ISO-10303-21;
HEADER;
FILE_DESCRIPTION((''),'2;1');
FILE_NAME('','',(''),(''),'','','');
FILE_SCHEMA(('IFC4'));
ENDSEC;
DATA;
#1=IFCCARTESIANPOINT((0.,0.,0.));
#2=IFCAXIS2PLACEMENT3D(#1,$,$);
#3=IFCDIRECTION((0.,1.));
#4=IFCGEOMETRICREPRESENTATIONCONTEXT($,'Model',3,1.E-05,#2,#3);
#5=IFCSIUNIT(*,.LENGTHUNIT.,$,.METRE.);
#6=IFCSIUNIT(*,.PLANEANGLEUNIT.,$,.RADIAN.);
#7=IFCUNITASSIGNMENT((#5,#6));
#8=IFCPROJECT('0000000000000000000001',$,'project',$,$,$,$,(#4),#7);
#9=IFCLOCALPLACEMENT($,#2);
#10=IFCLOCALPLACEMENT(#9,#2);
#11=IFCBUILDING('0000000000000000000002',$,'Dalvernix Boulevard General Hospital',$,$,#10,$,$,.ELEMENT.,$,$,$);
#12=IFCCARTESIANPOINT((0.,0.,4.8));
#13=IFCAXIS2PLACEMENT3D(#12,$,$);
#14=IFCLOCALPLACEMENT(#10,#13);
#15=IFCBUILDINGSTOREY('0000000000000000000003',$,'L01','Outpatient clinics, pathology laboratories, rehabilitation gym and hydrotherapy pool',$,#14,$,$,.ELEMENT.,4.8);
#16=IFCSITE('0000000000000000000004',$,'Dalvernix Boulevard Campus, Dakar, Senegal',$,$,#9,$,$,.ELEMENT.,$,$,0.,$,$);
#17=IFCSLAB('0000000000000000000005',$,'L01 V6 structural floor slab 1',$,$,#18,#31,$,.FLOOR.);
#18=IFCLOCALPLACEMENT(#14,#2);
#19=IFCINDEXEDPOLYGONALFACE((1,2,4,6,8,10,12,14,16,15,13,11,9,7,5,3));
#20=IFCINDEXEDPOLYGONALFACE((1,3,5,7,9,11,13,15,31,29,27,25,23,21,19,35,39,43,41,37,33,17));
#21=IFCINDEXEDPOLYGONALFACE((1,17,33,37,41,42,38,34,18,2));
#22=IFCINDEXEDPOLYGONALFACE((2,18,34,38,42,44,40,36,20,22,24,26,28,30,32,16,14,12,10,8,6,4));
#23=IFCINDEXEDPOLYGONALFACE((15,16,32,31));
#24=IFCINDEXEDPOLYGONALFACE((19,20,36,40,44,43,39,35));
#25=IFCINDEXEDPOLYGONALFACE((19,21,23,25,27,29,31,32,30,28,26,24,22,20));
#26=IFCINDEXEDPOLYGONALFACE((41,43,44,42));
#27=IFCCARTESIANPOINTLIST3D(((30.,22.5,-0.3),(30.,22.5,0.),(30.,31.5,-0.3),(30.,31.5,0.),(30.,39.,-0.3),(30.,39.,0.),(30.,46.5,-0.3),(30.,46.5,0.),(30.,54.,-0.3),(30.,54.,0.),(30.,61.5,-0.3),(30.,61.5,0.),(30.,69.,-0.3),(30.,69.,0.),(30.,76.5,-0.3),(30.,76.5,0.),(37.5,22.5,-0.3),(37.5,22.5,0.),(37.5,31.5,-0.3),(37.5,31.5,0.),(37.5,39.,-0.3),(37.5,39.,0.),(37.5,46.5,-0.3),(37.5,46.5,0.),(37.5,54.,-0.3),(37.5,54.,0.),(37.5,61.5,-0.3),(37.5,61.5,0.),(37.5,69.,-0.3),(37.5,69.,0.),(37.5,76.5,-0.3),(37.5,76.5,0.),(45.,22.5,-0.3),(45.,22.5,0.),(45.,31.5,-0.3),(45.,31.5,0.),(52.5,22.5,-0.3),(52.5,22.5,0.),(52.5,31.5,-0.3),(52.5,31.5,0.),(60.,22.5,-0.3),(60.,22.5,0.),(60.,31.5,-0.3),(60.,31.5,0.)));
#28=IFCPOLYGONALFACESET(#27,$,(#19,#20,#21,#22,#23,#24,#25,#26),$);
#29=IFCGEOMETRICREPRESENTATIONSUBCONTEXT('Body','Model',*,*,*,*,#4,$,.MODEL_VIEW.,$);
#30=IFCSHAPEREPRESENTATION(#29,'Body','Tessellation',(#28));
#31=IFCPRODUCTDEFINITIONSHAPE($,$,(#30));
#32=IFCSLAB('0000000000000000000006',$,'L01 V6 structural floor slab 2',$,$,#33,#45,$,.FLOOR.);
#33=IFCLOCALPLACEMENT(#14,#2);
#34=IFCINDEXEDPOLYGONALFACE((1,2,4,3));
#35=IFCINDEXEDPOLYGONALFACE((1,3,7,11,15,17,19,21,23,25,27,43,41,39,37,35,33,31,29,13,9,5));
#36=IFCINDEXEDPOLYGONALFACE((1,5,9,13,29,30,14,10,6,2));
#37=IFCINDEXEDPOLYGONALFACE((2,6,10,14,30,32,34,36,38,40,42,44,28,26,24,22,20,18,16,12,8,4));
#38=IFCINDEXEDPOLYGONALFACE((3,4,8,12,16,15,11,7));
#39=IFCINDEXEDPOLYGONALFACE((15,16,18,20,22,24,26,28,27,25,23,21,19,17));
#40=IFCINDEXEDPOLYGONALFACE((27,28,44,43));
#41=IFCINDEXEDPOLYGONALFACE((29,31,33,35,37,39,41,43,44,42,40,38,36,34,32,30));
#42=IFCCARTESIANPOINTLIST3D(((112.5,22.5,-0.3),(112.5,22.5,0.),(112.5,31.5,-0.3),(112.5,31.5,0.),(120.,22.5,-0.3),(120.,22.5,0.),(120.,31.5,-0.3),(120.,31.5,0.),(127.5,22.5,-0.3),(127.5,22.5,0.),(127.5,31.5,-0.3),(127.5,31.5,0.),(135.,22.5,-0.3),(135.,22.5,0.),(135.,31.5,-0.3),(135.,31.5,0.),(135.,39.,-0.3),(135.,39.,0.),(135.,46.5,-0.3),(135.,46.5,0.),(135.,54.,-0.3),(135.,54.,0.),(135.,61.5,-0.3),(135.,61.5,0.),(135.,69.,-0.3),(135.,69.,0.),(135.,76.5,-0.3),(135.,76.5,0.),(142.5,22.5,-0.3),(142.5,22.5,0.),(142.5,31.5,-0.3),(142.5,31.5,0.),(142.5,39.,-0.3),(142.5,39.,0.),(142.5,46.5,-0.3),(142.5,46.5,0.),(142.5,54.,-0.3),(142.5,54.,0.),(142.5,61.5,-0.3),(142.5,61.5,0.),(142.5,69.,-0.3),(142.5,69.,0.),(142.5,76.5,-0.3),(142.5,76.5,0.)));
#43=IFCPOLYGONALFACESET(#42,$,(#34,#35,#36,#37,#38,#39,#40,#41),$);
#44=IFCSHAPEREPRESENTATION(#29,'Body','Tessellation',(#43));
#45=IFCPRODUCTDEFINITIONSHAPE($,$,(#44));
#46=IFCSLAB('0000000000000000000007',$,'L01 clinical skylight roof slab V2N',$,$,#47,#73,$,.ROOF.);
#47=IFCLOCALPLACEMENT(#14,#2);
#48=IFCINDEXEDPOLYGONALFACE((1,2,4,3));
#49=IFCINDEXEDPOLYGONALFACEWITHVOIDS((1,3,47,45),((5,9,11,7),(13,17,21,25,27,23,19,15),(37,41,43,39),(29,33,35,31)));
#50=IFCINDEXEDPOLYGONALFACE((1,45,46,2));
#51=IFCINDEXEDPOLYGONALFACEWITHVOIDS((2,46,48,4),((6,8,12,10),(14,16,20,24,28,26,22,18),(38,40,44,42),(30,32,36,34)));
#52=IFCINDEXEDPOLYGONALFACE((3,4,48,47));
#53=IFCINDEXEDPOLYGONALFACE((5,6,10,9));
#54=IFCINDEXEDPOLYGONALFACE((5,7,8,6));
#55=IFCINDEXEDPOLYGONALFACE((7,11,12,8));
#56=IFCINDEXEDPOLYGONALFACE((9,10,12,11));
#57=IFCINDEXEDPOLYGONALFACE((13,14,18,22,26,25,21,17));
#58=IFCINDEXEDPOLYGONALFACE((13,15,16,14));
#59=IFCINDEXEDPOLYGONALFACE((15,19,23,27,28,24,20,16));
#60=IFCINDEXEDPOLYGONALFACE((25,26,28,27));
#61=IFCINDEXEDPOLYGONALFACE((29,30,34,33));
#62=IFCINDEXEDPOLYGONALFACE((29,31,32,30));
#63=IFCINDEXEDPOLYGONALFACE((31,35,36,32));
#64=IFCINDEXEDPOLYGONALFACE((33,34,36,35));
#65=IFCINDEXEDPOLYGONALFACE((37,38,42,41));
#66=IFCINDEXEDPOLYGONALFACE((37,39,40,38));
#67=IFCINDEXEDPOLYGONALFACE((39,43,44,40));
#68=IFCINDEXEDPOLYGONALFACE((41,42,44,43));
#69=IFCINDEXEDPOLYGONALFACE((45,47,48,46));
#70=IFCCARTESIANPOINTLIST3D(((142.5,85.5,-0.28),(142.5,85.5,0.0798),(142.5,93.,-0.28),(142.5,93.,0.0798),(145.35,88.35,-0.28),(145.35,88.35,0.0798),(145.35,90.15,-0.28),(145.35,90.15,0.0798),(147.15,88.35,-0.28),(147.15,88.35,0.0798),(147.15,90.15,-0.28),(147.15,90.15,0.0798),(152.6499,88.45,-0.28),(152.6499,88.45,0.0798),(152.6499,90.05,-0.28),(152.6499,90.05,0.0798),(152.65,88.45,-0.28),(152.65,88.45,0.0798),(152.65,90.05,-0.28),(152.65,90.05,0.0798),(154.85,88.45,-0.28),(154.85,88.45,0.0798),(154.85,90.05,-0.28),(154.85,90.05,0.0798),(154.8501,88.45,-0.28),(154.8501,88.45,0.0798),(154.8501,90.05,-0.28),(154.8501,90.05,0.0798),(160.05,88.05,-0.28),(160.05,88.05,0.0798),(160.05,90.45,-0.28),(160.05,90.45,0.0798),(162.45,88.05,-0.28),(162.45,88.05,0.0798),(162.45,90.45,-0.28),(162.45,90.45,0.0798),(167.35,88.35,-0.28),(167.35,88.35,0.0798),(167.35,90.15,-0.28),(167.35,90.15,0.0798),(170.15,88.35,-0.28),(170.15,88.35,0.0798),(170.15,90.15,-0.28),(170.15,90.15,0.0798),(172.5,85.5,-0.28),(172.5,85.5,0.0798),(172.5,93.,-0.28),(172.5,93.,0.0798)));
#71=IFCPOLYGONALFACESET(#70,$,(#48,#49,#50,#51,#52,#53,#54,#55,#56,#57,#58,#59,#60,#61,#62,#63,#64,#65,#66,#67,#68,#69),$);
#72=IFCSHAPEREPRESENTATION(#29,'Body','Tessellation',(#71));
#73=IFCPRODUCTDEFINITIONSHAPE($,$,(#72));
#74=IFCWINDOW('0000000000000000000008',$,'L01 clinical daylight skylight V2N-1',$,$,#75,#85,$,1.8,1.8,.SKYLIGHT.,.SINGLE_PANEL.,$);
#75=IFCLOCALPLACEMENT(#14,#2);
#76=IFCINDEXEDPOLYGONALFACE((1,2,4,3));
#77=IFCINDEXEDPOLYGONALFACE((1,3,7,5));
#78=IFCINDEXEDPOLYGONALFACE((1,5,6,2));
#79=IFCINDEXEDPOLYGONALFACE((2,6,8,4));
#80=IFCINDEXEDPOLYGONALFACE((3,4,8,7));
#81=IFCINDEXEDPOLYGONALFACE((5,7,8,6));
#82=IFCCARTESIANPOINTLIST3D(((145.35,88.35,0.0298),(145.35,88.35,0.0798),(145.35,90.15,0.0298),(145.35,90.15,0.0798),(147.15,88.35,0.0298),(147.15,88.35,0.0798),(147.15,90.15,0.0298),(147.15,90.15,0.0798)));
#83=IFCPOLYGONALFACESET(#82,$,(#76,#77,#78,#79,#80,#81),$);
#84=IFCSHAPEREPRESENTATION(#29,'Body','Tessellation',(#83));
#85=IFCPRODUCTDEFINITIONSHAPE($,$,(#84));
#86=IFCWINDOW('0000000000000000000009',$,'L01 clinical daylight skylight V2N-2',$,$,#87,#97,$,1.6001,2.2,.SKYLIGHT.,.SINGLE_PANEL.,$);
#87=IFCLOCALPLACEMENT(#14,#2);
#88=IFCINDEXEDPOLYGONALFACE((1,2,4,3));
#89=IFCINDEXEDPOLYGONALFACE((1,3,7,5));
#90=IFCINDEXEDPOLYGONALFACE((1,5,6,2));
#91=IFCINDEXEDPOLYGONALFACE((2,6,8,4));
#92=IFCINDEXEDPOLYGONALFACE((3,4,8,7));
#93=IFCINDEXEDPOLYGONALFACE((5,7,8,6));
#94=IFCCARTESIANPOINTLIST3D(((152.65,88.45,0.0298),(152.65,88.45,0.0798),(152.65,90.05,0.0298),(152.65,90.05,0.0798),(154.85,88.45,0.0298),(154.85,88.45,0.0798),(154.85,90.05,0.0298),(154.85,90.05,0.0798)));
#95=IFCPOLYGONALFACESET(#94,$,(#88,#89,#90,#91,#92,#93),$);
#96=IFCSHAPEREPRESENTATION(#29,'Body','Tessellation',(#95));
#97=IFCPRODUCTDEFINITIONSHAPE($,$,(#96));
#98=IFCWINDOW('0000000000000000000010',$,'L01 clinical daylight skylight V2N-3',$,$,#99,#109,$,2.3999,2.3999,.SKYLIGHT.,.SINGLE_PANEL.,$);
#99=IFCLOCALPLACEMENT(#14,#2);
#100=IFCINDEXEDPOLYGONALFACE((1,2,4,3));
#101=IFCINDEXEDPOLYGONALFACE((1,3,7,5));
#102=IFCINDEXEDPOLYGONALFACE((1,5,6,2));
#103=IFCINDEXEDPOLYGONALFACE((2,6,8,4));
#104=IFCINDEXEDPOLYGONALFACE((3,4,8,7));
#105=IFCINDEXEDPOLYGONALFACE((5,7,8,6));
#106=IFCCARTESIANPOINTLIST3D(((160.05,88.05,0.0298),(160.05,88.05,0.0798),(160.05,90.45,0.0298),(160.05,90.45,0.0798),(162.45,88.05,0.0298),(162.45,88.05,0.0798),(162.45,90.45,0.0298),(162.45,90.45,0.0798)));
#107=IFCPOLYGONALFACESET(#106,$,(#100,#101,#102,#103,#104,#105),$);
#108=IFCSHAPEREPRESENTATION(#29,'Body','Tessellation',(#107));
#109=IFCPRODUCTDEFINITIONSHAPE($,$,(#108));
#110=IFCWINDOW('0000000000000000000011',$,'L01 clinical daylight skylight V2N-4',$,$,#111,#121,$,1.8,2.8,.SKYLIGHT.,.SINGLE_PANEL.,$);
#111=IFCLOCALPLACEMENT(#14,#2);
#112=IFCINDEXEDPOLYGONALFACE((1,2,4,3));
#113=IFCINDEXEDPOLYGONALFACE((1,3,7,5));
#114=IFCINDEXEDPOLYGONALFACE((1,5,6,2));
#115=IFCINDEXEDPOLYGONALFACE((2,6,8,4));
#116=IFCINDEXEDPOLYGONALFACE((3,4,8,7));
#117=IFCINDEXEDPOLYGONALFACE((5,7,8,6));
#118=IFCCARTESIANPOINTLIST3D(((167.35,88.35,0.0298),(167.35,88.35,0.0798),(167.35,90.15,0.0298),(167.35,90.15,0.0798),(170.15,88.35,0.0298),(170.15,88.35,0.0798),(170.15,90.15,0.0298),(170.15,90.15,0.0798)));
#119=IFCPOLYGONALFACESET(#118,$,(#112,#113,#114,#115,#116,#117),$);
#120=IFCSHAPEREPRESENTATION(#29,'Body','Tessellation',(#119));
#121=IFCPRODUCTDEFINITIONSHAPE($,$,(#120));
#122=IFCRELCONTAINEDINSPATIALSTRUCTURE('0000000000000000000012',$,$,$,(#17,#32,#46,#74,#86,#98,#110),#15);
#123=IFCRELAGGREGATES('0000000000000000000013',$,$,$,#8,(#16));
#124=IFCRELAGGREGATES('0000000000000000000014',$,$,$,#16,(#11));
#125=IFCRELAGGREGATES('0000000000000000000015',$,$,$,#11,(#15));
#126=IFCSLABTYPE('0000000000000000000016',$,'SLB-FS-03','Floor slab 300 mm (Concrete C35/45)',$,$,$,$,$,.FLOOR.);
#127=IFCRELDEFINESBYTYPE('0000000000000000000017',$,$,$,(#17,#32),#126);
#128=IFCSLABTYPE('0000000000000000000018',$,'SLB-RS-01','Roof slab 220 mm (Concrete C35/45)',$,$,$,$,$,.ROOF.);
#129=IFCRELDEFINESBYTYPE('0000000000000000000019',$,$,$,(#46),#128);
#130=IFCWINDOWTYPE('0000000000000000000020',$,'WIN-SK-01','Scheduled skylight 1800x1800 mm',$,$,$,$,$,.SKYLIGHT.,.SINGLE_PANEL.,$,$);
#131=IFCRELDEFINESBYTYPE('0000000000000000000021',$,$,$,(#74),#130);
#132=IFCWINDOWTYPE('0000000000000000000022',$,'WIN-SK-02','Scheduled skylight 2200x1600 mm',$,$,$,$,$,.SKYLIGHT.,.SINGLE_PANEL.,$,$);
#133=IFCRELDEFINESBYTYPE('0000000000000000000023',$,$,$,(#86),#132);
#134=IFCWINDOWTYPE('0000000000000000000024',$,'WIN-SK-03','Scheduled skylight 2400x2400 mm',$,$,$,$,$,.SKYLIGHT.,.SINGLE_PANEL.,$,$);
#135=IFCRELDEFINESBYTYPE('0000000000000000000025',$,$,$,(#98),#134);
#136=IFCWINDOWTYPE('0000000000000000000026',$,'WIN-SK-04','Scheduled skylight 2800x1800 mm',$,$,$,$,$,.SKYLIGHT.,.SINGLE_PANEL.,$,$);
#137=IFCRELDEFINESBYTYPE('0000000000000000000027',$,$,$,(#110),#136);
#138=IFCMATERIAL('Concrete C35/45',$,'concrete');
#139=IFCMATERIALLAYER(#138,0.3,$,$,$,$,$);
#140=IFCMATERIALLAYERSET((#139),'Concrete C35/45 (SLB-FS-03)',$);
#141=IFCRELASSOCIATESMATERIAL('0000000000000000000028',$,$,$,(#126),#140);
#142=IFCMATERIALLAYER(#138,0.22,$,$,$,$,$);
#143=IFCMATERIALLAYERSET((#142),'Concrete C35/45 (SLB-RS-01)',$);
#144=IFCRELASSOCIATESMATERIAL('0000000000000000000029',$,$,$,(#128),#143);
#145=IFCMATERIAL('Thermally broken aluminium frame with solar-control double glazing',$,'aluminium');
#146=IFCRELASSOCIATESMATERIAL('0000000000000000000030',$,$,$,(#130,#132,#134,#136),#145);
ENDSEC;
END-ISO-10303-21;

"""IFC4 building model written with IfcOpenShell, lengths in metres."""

from ifc_helpers import new_model, si_unit, direction, frame, origin, origin_2d, place, context, subcontext, project, spatial, polyline, rectangle, outline, extrude, material, layer, layer_set, type_object, element, fill, save


model = new_model("IFC4")

# Units and contexts
model_context = context("Model", 3, precision=1e-05, world=origin(), true_north=direction((0.0, 1.0)))
body_context = subcontext(model_context, "Body", "Model", "MODEL_VIEW")
ifc_project = project(units=[si_unit("LENGTHUNIT", "METRE"), si_unit("PLANEANGLEUNIT", "RADIAN")], contexts=[model_context])

# Site, building, storey
site_placement = place(None, origin())
site = spatial("IfcSite", under=ifc_project, at=site_placement, Name="Dalvernix Boulevard Campus, Dakar, Senegal", CompositionType="ELEMENT", RefElevation=0.0)
building_placement = place(site_placement, origin())
building = spatial("IfcBuilding", under=site, at=building_placement, Name="Dalvernix Boulevard General Hospital", CompositionType="ELEMENT")
storey_placement = place(building_placement, frame((0.0, 0.0, 4.8)))
storey = spatial("IfcBuildingStorey", under=building, at=storey_placement, Name="L01", Description="Outpatient clinics, pathology laboratories, rehabilitation gym and hydrotherapy pool", CompositionType="ELEMENT", Elevation=4.8)

# Shared definitions
ifc_material_1 = material(Name="Concrete C35/45", Category="concrete")

# Slabs
ifc_layer_1 = layer(ifc_material_1, 0.3)
ifc_layer_set_1 = layer_set([ifc_layer_1], Name="Concrete C35/45 (SLB-FS-03)")
slab_type_1 = type_object("IfcSlabType", Name="SLB-FS-03", Description="Floor slab 300 mm (Concrete C35/45)", PredefinedType="FLOOR", material=ifc_layer_set_1)
slab_1_placement = place(storey_placement, frame((0.0, 0.0, -0.3)))
element("IfcSlab", 1, at=slab_1_placement, inside=storey, type_object=slab_type_1, Name="L01 V6 structural floor slab 1", PredefinedType="FLOOR", context=body_context, shape_type="SweptSolid", body=[
    extrude(outline(polyline([(30.0, 46.5), (30.0, 54.0), (30.0, 61.5), (30.0, 69.0), (30.0, 76.5), (37.5, 76.5), (37.5, 69.0), (37.5, 61.5), (37.5, 54.0), (37.5, 46.5), (37.5, 39.0), (37.5, 31.5), (45.0, 31.5), (52.5, 31.5), (60.0, 31.5), (60.0, 22.5), (52.5, 22.5), (45.0, 22.5), (37.5, 22.5), (30.0, 22.5), (30.0, 31.5), (30.0, 39.0), (30.0, 46.5)])), origin(), (0.0, 0.0, 1.0), 0.3),
])
slab_2_placement = place(storey_placement, frame((0.0, 0.0, -0.3)))
element("IfcSlab", 2, at=slab_2_placement, inside=storey, type_object=slab_type_1, Name="L01 V6 structural floor slab 2", PredefinedType="FLOOR", context=body_context, shape_type="SweptSolid", body=[
    extrude(outline(polyline([(127.5, 31.5), (135.0, 31.5), (135.0, 39.0), (135.0, 46.5), (135.0, 54.0), (135.0, 61.5), (135.0, 69.0), (135.0, 76.5), (142.5, 76.5), (142.5, 69.0), (142.5, 61.5), (142.5, 54.0), (142.5, 46.5), (142.5, 39.0), (142.5, 31.5), (142.5, 22.5), (135.0, 22.5), (127.5, 22.5), (120.0, 22.5), (112.5, 22.5), (112.5, 31.5), (120.0, 31.5), (127.5, 31.5)])), origin(), (0.0, 0.0, 1.0), 0.3),
])

# Slab, openings, windows
ifc_layer_2 = layer(ifc_material_1, 0.22)
ifc_layer_set_2 = layer_set([ifc_layer_2], Name="Concrete C35/45 (SLB-RS-01)")
slab_type_2 = type_object("IfcSlabType", Name="SLB-RS-01", Description="Roof slab 220 mm (Concrete C35/45)", PredefinedType="ROOF", material=ifc_layer_set_2)
slab_3_placement = place(storey_placement, frame((0.0, 0.0, -0.28)))
slab_3 = element("IfcSlab", 3, at=slab_3_placement, inside=storey, type_object=slab_type_2, Name="L01 clinical skylight roof slab V2N", PredefinedType="ROOF", context=body_context, shape_type="SweptSolid", body=[
    extrude(outline(polyline([(142.5, 85.5), (172.5, 85.5), (172.5, 93.0), (142.5, 93.0), (142.5, 85.5)]), holes=[polyline([(145.3501, 88.3501), (147.1499, 88.3501), (147.1499, 90.1499), (145.3501, 90.1499), (145.3501, 88.3501)]), polyline([(152.6499, 88.45), (154.8501, 88.45), (154.8501, 90.05), (152.6499, 90.05), (152.6499, 88.45)]), polyline([(160.05, 88.05), (162.45, 88.05), (162.45, 90.45), (160.05, 90.45), (160.05, 88.05)]), polyline([(167.3501, 88.3501), (170.1499, 88.3501), (170.1499, 90.1499), (167.3501, 90.1499), (167.3501, 88.3501)])]), origin(), (0.0, 0.0, 1.0), 0.3599),
])
opening_1_placement = place(slab_3_placement, frame((146.25, 89.25, 0.0)))
opening_1 = element("IfcOpeningElement", 4, at=opening_1_placement, cuts=slab_3, PredefinedType="OPENING", context=body_context, shape_type="SweptSolid", body=[
    extrude(rectangle(XDim=1.8, YDim=1.8, at=origin_2d()), origin(), (0.0, 0.0, 1.0), 0.3599),
])
opening_2_placement = place(slab_3_placement, frame((153.75, 89.25, 0.0)))
opening_2 = element("IfcOpeningElement", 5, at=opening_2_placement, cuts=slab_3, PredefinedType="OPENING", context=body_context, shape_type="SweptSolid", body=[
    extrude(rectangle(XDim=2.2, YDim=1.6001, at=origin_2d()), origin(), (0.0, 0.0, 1.0), 0.3599),
])
opening_3_placement = place(slab_3_placement, frame((161.25, 89.25, 0.0)))
opening_3 = element("IfcOpeningElement", 6, at=opening_3_placement, cuts=slab_3, PredefinedType="OPENING", context=body_context, shape_type="SweptSolid", body=[
    extrude(rectangle(XDim=2.3999, YDim=2.3999, at=origin_2d()), origin(), (0.0, 0.0, 1.0), 0.3599),
])
opening_4_placement = place(slab_3_placement, frame((168.75, 89.25, 0.0)))
opening_4 = element("IfcOpeningElement", 7, at=opening_4_placement, cuts=slab_3, PredefinedType="OPENING", context=body_context, shape_type="SweptSolid", body=[
    extrude(rectangle(XDim=2.8, YDim=1.8, at=origin_2d()), origin(), (0.0, 0.0, 1.0), 0.3599),
])
ifc_material_2 = material(Name="Thermally broken aluminium frame with solar-control double glazing", Category="aluminium")
window_type_1 = type_object("IfcWindowType", Name="WIN-SK-01", Description="Scheduled skylight 1800x1800 mm", PartitioningType="SINGLE_PANEL", PredefinedType="SKYLIGHT", material=ifc_material_2)
window_1_placement = place(opening_1_placement, frame((0.0, 0.0, 0.3098)))
window_1 = element("IfcWindow", 8, at=window_1_placement, inside=storey, type_object=window_type_1, Name="L01 clinical daylight skylight V2N-1", OverallHeight=1.8, OverallWidth=1.8, PartitioningType="SINGLE_PANEL", PredefinedType="SKYLIGHT", context=body_context, shape_type="SweptSolid", body=[
    extrude(rectangle(XDim=1.8, YDim=1.8, at=origin_2d()), origin(), (0.0, 0.0, 1.0), 0.05),
])
fill(opening_1, window_1)
window_type_2 = type_object("IfcWindowType", Name="WIN-SK-02", Description="Scheduled skylight 2200x1600 mm", PartitioningType="SINGLE_PANEL", PredefinedType="SKYLIGHT", material=ifc_material_2)
window_2_placement = place(opening_2_placement, frame((0.0, 0.0, 0.3098)))
window_2 = element("IfcWindow", 9, at=window_2_placement, inside=storey, type_object=window_type_2, Name="L01 clinical daylight skylight V2N-2", OverallHeight=1.6001, OverallWidth=2.2, PartitioningType="SINGLE_PANEL", PredefinedType="SKYLIGHT", context=body_context, shape_type="SweptSolid", body=[
    extrude(rectangle(XDim=2.2, YDim=1.6001, at=origin_2d()), origin(), (0.0, 0.0, 1.0), 0.05),
])
fill(opening_2, window_2)
window_type_3 = type_object("IfcWindowType", Name="WIN-SK-03", Description="Scheduled skylight 2400x2400 mm", PartitioningType="SINGLE_PANEL", PredefinedType="SKYLIGHT", material=ifc_material_2)
window_3_placement = place(opening_3_placement, frame((0.0, 0.0, 0.3098)))
window_3 = element("IfcWindow", 10, at=window_3_placement, inside=storey, type_object=window_type_3, Name="L01 clinical daylight skylight V2N-3", OverallHeight=2.3999, OverallWidth=2.3999, PartitioningType="SINGLE_PANEL", PredefinedType="SKYLIGHT", context=body_context, shape_type="SweptSolid", body=[
    extrude(rectangle(XDim=2.3999, YDim=2.3999, at=origin_2d()), origin(), (0.0, 0.0, 1.0), 0.05),
])
fill(opening_3, window_3)
window_type_4 = type_object("IfcWindowType", Name="WIN-SK-04", Description="Scheduled skylight 2800x1800 mm", PartitioningType="SINGLE_PANEL", PredefinedType="SKYLIGHT", material=ifc_material_2)
window_4_placement = place(opening_4_placement, frame((0.0, 0.0, 0.3098)))
window_4 = element("IfcWindow", 11, at=window_4_placement, inside=storey, type_object=window_type_4, Name="L01 clinical daylight skylight V2N-4", OverallHeight=1.8, OverallWidth=2.8, PartitioningType="SINGLE_PANEL", PredefinedType="SKYLIGHT", context=body_context, shape_type="SweptSolid", body=[
    extrude(rectangle(XDim=2.8, YDim=1.8, at=origin_2d()), origin(), (0.0, 0.0, 1.0), 0.05),
])
fill(opening_4, window_4)

save(model, "model.ifc")
